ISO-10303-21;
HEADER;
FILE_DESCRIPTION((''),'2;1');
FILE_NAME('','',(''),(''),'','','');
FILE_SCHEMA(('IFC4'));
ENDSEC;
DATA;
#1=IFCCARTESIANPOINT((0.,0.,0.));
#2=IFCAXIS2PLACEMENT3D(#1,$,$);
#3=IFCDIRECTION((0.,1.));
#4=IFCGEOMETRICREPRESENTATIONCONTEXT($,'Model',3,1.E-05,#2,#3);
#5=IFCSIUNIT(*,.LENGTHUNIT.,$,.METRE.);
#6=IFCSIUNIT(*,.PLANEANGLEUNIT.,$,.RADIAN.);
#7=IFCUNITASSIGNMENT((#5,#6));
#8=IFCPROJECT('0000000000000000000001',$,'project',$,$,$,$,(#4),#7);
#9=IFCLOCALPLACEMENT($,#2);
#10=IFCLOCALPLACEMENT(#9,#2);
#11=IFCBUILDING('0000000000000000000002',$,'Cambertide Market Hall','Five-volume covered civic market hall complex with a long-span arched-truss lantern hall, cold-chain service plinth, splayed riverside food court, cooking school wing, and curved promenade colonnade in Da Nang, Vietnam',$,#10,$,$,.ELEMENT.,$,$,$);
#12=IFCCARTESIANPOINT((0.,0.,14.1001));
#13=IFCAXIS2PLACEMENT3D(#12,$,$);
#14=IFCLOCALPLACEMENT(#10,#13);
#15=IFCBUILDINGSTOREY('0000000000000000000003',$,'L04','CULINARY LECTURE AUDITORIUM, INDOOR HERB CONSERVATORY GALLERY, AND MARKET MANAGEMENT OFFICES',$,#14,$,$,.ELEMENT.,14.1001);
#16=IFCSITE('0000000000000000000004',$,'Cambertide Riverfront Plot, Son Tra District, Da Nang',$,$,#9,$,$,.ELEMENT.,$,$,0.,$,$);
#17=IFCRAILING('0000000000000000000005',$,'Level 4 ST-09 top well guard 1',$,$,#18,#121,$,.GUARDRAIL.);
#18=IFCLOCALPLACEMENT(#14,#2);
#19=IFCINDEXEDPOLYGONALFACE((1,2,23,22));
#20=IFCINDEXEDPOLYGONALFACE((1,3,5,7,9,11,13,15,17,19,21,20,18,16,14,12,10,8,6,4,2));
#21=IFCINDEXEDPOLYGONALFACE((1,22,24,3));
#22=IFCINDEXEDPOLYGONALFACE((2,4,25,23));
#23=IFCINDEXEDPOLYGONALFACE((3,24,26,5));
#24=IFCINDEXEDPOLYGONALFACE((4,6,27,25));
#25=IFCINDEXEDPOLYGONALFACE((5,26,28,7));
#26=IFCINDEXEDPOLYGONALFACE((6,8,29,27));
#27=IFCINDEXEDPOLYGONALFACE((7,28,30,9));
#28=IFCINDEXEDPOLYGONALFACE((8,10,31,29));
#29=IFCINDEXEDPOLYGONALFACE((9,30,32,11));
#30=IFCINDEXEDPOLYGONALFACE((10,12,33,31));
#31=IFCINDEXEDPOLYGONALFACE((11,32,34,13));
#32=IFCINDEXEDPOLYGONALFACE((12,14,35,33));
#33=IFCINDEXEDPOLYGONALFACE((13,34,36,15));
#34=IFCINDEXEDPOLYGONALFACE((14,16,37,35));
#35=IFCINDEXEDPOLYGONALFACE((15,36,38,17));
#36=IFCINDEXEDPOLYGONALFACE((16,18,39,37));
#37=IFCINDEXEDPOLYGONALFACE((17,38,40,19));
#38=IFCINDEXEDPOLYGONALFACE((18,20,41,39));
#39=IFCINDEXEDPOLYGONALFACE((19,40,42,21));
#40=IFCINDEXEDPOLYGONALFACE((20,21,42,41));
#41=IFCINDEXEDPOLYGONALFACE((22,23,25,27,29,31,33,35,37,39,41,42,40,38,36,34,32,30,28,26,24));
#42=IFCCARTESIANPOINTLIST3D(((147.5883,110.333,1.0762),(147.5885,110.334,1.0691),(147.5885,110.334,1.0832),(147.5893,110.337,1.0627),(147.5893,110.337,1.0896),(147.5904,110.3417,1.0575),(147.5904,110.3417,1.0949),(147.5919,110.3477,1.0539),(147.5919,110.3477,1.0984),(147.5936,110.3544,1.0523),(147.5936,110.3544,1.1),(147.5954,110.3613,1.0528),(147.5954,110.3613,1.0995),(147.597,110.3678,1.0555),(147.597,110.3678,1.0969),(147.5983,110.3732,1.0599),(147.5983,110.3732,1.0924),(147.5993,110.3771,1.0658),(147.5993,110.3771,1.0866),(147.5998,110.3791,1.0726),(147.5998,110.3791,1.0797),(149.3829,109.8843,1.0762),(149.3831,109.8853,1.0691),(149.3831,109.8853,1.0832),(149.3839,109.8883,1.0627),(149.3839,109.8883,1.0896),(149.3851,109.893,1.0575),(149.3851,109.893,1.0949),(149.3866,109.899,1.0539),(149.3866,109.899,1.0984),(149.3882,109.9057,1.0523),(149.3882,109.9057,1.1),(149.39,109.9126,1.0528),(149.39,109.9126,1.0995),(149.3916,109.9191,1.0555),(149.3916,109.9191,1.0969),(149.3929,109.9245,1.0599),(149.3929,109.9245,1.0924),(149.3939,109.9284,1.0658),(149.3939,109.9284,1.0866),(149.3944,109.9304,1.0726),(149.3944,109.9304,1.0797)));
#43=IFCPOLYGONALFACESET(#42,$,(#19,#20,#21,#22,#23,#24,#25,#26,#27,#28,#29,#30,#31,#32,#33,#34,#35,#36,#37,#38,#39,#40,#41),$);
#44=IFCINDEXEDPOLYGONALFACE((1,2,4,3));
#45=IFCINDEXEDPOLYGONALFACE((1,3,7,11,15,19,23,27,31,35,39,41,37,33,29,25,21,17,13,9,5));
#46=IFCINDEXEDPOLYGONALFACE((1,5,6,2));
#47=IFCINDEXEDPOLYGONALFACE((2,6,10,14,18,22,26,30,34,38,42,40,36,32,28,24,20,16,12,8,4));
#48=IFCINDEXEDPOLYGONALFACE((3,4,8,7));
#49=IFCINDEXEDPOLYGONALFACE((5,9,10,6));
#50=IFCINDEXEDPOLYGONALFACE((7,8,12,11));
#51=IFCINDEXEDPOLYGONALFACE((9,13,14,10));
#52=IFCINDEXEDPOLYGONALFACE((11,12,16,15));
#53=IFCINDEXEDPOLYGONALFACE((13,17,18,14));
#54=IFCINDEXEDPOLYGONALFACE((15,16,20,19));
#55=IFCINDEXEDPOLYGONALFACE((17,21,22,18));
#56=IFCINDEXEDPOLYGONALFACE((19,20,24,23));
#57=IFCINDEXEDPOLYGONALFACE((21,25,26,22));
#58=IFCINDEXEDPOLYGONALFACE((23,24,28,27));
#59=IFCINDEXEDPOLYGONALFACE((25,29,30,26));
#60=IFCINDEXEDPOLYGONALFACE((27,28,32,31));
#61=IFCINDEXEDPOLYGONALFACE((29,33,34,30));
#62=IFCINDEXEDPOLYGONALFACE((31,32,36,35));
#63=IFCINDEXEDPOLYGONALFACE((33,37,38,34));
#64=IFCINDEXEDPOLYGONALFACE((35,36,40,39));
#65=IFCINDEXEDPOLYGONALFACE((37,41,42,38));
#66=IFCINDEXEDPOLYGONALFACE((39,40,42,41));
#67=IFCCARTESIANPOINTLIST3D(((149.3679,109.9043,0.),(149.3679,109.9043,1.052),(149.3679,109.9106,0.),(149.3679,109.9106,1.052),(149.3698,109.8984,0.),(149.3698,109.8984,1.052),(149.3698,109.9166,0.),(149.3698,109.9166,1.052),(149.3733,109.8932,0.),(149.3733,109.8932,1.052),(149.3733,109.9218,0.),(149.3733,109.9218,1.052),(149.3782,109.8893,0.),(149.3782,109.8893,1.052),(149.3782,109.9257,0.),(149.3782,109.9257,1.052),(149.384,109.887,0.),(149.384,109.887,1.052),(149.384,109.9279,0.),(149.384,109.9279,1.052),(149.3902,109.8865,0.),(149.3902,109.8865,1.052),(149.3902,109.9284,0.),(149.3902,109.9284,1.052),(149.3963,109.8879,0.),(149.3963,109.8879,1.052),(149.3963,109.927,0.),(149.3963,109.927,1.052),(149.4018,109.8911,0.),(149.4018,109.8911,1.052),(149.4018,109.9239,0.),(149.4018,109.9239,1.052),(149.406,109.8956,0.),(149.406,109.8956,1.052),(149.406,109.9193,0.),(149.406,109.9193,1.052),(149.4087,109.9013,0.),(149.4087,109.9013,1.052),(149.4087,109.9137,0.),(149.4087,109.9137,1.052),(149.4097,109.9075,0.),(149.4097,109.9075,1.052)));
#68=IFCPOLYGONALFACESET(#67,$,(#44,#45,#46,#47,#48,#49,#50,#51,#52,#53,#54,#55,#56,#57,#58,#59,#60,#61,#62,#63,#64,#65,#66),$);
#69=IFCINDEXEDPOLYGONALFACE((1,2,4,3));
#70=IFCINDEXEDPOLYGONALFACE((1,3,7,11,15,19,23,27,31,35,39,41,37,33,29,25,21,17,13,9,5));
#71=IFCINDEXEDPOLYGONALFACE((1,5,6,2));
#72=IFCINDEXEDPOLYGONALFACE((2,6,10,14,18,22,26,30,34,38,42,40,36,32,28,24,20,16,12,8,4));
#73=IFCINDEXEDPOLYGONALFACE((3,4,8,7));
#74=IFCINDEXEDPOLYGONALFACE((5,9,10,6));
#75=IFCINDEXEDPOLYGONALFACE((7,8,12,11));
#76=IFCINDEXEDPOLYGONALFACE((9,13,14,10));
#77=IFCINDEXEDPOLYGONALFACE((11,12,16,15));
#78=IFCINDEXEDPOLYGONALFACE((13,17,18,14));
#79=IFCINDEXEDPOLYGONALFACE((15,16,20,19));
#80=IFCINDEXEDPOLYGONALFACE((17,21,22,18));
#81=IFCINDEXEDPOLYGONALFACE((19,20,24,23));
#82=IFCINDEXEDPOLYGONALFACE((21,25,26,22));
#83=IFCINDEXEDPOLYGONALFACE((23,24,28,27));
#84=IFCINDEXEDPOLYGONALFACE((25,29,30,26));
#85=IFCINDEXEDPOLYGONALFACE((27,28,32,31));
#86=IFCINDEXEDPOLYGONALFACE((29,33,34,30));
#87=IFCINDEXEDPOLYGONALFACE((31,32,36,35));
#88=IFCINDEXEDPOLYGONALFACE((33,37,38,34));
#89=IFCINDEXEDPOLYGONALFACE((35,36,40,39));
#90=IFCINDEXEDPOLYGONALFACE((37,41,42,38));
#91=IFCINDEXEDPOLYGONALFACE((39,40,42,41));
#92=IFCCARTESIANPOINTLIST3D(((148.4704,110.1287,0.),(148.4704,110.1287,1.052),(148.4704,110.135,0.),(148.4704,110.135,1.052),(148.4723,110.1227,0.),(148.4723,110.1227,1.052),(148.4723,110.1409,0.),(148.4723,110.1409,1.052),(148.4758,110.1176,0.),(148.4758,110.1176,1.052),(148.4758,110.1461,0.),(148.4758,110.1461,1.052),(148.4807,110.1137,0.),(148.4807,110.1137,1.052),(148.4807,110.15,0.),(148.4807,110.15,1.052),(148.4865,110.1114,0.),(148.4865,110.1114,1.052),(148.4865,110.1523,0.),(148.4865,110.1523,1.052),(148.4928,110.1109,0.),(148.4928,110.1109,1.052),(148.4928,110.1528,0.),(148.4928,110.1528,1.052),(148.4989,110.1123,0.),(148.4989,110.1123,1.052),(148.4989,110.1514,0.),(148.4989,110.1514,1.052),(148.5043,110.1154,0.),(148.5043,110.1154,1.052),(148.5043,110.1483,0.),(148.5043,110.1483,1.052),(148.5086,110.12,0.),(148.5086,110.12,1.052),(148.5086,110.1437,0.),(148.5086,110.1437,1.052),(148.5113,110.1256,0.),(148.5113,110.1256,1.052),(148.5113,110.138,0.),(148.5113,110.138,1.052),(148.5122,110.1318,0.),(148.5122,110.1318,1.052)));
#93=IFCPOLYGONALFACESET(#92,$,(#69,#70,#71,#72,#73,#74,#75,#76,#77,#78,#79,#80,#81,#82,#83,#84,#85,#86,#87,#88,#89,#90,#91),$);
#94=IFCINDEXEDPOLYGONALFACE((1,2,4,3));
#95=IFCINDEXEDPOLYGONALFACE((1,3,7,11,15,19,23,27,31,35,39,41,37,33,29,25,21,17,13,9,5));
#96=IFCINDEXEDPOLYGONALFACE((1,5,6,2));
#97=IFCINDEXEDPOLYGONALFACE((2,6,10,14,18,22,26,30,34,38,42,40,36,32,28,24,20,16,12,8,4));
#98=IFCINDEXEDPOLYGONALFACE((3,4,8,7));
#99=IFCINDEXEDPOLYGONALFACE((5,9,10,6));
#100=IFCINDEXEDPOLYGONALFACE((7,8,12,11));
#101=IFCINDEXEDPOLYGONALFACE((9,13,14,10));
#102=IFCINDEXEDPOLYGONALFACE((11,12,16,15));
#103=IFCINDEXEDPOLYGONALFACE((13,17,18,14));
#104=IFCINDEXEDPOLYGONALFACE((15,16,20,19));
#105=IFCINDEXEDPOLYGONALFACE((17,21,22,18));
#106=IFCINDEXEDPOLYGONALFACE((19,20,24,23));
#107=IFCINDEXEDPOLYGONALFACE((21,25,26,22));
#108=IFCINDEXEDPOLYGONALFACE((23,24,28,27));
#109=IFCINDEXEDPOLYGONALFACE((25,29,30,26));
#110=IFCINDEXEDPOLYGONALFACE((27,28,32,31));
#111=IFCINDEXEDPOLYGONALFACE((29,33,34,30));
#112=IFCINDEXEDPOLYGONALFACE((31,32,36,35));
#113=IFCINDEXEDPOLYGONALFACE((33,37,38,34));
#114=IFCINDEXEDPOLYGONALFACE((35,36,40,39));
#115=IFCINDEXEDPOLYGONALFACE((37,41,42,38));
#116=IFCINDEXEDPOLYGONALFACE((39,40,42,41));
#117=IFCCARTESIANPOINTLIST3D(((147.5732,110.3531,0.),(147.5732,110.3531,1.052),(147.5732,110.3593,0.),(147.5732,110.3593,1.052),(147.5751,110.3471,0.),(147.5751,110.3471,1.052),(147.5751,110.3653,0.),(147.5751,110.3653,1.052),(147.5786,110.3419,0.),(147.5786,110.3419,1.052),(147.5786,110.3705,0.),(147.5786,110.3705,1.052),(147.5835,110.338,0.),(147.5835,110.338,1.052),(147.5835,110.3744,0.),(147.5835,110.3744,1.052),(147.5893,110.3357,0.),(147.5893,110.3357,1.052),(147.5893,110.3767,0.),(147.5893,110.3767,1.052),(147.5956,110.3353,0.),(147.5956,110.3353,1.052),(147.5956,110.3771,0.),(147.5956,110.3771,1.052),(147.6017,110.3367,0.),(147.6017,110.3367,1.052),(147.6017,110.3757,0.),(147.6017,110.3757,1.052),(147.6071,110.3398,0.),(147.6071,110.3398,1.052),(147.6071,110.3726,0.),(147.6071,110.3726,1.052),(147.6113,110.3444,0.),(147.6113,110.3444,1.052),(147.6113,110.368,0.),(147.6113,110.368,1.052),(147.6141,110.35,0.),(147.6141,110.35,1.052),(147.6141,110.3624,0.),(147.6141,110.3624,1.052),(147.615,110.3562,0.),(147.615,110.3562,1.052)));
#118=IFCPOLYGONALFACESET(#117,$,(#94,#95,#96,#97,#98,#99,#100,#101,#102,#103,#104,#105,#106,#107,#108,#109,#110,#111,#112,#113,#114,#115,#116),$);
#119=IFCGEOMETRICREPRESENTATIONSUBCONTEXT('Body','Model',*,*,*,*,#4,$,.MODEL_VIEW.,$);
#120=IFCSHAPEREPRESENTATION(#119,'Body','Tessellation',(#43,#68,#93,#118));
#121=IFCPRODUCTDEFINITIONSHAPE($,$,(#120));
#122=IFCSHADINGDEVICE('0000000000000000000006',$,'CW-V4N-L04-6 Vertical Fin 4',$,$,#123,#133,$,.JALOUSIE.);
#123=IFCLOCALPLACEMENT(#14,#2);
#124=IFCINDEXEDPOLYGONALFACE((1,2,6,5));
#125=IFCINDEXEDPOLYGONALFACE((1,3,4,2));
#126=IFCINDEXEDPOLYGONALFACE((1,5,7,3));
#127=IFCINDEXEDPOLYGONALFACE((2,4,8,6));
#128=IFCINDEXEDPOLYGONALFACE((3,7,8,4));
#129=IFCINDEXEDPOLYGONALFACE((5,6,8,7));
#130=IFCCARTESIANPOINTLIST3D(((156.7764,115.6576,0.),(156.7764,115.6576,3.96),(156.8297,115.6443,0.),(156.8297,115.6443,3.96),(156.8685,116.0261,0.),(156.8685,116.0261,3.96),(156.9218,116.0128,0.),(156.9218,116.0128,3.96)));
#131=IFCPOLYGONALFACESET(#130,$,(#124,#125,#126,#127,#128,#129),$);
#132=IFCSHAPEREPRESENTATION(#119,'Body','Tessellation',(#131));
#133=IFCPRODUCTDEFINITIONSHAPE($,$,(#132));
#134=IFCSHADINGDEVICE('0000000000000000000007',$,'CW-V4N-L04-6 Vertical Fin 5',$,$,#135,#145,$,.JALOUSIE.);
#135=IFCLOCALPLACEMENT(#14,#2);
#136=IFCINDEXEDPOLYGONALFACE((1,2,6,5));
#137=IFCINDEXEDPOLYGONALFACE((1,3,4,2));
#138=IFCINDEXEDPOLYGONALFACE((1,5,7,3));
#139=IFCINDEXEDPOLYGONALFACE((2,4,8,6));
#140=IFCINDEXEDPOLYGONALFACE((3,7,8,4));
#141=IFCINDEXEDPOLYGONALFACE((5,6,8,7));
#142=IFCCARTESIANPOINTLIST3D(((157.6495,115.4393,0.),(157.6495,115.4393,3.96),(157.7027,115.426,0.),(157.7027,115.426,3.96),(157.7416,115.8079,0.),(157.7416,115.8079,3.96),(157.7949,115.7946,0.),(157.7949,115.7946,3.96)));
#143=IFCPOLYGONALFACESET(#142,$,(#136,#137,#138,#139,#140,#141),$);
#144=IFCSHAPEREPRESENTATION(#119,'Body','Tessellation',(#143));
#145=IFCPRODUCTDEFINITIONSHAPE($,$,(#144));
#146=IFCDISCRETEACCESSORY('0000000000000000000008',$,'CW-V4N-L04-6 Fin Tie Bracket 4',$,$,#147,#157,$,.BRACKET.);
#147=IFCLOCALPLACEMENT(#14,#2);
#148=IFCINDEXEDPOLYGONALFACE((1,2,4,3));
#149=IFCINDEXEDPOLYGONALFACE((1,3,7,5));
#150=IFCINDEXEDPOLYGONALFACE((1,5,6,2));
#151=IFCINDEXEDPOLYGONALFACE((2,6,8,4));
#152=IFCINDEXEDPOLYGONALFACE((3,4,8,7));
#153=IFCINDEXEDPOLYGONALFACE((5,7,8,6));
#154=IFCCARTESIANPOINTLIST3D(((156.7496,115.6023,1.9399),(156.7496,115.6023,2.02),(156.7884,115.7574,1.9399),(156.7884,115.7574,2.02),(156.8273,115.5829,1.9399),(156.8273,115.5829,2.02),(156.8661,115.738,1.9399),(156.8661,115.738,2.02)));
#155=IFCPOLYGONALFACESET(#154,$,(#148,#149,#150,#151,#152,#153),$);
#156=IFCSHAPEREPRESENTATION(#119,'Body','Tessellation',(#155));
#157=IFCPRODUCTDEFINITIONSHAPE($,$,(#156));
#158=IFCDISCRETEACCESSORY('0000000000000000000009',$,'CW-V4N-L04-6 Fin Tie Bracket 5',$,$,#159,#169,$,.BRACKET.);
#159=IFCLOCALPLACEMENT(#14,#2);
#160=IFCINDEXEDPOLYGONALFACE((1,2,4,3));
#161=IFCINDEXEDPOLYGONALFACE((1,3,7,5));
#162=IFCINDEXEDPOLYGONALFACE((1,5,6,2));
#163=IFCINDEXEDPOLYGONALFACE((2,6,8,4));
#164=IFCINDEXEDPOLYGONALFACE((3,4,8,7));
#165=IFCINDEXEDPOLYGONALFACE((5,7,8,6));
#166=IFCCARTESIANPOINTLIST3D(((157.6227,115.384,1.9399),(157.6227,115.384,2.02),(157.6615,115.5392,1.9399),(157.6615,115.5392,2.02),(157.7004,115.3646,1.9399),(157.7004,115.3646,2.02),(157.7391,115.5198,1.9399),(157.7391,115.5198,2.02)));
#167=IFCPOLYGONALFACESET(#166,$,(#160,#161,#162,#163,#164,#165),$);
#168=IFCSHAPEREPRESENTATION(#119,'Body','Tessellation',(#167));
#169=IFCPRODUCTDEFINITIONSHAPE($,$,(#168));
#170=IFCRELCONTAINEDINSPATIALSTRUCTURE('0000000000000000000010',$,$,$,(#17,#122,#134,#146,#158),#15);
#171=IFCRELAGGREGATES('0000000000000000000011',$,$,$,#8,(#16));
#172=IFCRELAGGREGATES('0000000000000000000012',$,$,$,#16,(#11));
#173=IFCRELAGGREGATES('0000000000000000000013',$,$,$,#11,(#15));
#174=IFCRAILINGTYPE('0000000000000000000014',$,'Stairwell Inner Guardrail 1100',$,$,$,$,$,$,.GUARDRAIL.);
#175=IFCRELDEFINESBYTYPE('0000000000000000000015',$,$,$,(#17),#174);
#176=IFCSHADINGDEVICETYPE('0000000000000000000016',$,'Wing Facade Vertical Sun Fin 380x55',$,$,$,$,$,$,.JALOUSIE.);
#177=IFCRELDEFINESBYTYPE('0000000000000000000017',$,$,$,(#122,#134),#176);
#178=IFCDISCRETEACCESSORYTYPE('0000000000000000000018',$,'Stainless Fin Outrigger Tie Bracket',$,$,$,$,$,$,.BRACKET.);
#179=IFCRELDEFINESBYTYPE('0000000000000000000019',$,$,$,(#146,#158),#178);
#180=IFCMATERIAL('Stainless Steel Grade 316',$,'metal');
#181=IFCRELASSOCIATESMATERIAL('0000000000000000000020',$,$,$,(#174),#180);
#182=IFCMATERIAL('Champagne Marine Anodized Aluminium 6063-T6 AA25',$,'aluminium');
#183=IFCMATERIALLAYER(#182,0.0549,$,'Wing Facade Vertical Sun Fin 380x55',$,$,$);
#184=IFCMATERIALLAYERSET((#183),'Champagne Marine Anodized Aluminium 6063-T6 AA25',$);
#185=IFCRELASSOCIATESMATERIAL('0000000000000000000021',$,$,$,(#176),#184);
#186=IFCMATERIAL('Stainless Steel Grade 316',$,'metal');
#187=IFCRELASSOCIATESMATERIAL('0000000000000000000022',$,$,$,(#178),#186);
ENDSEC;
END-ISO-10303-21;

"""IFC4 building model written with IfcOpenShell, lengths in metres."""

from ifc_helpers import new_model, si_unit, direction, frame, origin, origin_2d, place, context, subcontext, project, spatial, rectangle, circle, extrude, material, layer, layer_set, type_object, element, save


model = new_model("IFC4")

# Units and contexts
model_context = context("Model", 3, precision=1e-05, world=origin(), true_north=direction((0.0, 1.0)))
body_context = subcontext(model_context, "Body", "Model", "MODEL_VIEW")
ifc_project = project(units=[si_unit("LENGTHUNIT", "METRE"), si_unit("PLANEANGLEUNIT", "RADIAN")], contexts=[model_context])

# Site, building, storey
site_placement = place(None, origin())
site = spatial("IfcSite", under=ifc_project, at=site_placement, Name="Cambertide Riverfront Plot, Son Tra District, Da Nang", CompositionType="ELEMENT", RefElevation=0.0)
building_placement = place(site_placement, origin())
building = spatial("IfcBuilding", under=site, at=building_placement, Name="Cambertide Market Hall", Description="Five-volume covered civic market hall complex with a long-span arched-truss lantern hall, cold-chain service plinth, splayed riverside food court, cooking school wing, and curved promenade colonnade in Da Nang, Vietnam", CompositionType="ELEMENT")
storey_placement = place(building_placement, frame((0.0, 0.0, 14.1001)))
storey = spatial("IfcBuildingStorey", under=building, at=storey_placement, Name="L04", Description="CULINARY LECTURE AUDITORIUM, INDOOR HERB CONSERVATORY GALLERY, AND MARKET MANAGEMENT OFFICES", CompositionType="ELEMENT", Elevation=14.1001)

# Railing
ifc_material_1 = material(Name="Stainless Steel Grade 316", Category="metal")
railing_type = type_object("IfcRailingType", Name="Stairwell Inner Guardrail 1100", PredefinedType="GUARDRAIL", material=ifc_material_1)
railing_placement = place(storey_placement, frame((149.3887, 109.9075, 0.0)))
element("IfcRailing", 1, at=railing_placement, inside=storey, type_object=railing_type, Name="Level 4 ST-09 top well guard 1", PredefinedType="GUARDRAIL", context=body_context, shape_type="SweptSolid", body=[
    extrude(circle(Radius=0.0239, at=origin_2d()), frame((0.0, 0.0, 1.0762), z_axis=(-0.970135, 0.242567, 0.0), x_axis=(-0.242567, -0.970135, 0.0)), (0.0, 0.0, 1.0), 1.8499),
    extrude(circle(Radius=0.021, at=origin_2d()), origin(), (0.0, 0.0, 1.0), 1.052),
    extrude(circle(Radius=0.021, at=origin_2d()), frame((-0.8975, 0.2244, 0.0)), (0.0, 0.0, 1.0), 1.052),
    extrude(circle(Radius=0.021, at=origin_2d()), frame((-1.7947, 0.4487, 0.0)), (0.0, 0.0, 1.0), 1.052),
])

# Shading devices
ifc_material_2 = material(Name="Champagne Marine Anodized Aluminium 6063-T6 AA25", Category="aluminium")
ifc_layer_1 = layer(ifc_material_2, 0.0549, Name="Wing Facade Vertical Sun Fin 380x55")
ifc_layer_set_1 = layer_set([ifc_layer_1], Name="Champagne Marine Anodized Aluminium 6063-T6 AA25")
shading_device_type = type_object("IfcShadingDeviceType", Name="Wing Facade Vertical Sun Fin 380x55", PredefinedType="JALOUSIE", material=ifc_layer_set_1)
for number, where, z_axis, x_axis, name in (
    (2, (156.8491, 115.8352, 0.0), (0.0, 0.0, 1.0), (0.970143, -0.242536, 0.0), "CW-V4N-L04-6 Vertical Fin 4"),
    (3, (157.7222, 115.6169, 0.0), (0.0, 0.0, 1.0), (0.970143, -0.242536, 0.0), "CW-V4N-L04-6 Vertical Fin 5"),
):
    element("IfcShadingDevice", number, at=place(storey_placement, frame(where, z_axis=z_axis, x_axis=x_axis)), inside=storey, type_object=shading_device_type, Name=name, PredefinedType="JALOUSIE", context=body_context, shape_type="SweptSolid", body=[
        extrude(rectangle(XDim=0.0549, YDim=0.3799, at=origin_2d()), origin(), (0.0, 0.0, 1.0), 3.96),
    ])

# Discrete accessories
ifc_material_3 = material(Name="Stainless Steel Grade 316", Category="metal")
discrete_accessory_type = type_object("IfcDiscreteAccessoryType", Name="Stainless Fin Outrigger Tie Bracket", PredefinedType="BRACKET", material=ifc_material_3)
for number, where, z_axis, x_axis, name in (
    (4, (156.8079, 115.6702, 1.9399), (0.0, 0.0, 1.0), (0.970143, -0.242536, 0.0), "CW-V4N-L04-6 Fin Tie Bracket 4"),
    (5, (157.6809, 115.4519, 1.9399), (0.0, 0.0, 1.0), (0.970143, -0.242536, 0.0), "CW-V4N-L04-6 Fin Tie Bracket 5"),
):
    element("IfcDiscreteAccessory", number, at=place(storey_placement, frame(where, z_axis=z_axis, x_axis=x_axis)), inside=storey, type_object=discrete_accessory_type, Name=name, PredefinedType="BRACKET", context=body_context, shape_type="SweptSolid", body=[
        extrude(rectangle(XDim=0.0801, YDim=0.1599, at=origin_2d()), origin(), (0.0, 0.0, 1.0), 0.0801),
    ])

save(model, "model.ifc")
